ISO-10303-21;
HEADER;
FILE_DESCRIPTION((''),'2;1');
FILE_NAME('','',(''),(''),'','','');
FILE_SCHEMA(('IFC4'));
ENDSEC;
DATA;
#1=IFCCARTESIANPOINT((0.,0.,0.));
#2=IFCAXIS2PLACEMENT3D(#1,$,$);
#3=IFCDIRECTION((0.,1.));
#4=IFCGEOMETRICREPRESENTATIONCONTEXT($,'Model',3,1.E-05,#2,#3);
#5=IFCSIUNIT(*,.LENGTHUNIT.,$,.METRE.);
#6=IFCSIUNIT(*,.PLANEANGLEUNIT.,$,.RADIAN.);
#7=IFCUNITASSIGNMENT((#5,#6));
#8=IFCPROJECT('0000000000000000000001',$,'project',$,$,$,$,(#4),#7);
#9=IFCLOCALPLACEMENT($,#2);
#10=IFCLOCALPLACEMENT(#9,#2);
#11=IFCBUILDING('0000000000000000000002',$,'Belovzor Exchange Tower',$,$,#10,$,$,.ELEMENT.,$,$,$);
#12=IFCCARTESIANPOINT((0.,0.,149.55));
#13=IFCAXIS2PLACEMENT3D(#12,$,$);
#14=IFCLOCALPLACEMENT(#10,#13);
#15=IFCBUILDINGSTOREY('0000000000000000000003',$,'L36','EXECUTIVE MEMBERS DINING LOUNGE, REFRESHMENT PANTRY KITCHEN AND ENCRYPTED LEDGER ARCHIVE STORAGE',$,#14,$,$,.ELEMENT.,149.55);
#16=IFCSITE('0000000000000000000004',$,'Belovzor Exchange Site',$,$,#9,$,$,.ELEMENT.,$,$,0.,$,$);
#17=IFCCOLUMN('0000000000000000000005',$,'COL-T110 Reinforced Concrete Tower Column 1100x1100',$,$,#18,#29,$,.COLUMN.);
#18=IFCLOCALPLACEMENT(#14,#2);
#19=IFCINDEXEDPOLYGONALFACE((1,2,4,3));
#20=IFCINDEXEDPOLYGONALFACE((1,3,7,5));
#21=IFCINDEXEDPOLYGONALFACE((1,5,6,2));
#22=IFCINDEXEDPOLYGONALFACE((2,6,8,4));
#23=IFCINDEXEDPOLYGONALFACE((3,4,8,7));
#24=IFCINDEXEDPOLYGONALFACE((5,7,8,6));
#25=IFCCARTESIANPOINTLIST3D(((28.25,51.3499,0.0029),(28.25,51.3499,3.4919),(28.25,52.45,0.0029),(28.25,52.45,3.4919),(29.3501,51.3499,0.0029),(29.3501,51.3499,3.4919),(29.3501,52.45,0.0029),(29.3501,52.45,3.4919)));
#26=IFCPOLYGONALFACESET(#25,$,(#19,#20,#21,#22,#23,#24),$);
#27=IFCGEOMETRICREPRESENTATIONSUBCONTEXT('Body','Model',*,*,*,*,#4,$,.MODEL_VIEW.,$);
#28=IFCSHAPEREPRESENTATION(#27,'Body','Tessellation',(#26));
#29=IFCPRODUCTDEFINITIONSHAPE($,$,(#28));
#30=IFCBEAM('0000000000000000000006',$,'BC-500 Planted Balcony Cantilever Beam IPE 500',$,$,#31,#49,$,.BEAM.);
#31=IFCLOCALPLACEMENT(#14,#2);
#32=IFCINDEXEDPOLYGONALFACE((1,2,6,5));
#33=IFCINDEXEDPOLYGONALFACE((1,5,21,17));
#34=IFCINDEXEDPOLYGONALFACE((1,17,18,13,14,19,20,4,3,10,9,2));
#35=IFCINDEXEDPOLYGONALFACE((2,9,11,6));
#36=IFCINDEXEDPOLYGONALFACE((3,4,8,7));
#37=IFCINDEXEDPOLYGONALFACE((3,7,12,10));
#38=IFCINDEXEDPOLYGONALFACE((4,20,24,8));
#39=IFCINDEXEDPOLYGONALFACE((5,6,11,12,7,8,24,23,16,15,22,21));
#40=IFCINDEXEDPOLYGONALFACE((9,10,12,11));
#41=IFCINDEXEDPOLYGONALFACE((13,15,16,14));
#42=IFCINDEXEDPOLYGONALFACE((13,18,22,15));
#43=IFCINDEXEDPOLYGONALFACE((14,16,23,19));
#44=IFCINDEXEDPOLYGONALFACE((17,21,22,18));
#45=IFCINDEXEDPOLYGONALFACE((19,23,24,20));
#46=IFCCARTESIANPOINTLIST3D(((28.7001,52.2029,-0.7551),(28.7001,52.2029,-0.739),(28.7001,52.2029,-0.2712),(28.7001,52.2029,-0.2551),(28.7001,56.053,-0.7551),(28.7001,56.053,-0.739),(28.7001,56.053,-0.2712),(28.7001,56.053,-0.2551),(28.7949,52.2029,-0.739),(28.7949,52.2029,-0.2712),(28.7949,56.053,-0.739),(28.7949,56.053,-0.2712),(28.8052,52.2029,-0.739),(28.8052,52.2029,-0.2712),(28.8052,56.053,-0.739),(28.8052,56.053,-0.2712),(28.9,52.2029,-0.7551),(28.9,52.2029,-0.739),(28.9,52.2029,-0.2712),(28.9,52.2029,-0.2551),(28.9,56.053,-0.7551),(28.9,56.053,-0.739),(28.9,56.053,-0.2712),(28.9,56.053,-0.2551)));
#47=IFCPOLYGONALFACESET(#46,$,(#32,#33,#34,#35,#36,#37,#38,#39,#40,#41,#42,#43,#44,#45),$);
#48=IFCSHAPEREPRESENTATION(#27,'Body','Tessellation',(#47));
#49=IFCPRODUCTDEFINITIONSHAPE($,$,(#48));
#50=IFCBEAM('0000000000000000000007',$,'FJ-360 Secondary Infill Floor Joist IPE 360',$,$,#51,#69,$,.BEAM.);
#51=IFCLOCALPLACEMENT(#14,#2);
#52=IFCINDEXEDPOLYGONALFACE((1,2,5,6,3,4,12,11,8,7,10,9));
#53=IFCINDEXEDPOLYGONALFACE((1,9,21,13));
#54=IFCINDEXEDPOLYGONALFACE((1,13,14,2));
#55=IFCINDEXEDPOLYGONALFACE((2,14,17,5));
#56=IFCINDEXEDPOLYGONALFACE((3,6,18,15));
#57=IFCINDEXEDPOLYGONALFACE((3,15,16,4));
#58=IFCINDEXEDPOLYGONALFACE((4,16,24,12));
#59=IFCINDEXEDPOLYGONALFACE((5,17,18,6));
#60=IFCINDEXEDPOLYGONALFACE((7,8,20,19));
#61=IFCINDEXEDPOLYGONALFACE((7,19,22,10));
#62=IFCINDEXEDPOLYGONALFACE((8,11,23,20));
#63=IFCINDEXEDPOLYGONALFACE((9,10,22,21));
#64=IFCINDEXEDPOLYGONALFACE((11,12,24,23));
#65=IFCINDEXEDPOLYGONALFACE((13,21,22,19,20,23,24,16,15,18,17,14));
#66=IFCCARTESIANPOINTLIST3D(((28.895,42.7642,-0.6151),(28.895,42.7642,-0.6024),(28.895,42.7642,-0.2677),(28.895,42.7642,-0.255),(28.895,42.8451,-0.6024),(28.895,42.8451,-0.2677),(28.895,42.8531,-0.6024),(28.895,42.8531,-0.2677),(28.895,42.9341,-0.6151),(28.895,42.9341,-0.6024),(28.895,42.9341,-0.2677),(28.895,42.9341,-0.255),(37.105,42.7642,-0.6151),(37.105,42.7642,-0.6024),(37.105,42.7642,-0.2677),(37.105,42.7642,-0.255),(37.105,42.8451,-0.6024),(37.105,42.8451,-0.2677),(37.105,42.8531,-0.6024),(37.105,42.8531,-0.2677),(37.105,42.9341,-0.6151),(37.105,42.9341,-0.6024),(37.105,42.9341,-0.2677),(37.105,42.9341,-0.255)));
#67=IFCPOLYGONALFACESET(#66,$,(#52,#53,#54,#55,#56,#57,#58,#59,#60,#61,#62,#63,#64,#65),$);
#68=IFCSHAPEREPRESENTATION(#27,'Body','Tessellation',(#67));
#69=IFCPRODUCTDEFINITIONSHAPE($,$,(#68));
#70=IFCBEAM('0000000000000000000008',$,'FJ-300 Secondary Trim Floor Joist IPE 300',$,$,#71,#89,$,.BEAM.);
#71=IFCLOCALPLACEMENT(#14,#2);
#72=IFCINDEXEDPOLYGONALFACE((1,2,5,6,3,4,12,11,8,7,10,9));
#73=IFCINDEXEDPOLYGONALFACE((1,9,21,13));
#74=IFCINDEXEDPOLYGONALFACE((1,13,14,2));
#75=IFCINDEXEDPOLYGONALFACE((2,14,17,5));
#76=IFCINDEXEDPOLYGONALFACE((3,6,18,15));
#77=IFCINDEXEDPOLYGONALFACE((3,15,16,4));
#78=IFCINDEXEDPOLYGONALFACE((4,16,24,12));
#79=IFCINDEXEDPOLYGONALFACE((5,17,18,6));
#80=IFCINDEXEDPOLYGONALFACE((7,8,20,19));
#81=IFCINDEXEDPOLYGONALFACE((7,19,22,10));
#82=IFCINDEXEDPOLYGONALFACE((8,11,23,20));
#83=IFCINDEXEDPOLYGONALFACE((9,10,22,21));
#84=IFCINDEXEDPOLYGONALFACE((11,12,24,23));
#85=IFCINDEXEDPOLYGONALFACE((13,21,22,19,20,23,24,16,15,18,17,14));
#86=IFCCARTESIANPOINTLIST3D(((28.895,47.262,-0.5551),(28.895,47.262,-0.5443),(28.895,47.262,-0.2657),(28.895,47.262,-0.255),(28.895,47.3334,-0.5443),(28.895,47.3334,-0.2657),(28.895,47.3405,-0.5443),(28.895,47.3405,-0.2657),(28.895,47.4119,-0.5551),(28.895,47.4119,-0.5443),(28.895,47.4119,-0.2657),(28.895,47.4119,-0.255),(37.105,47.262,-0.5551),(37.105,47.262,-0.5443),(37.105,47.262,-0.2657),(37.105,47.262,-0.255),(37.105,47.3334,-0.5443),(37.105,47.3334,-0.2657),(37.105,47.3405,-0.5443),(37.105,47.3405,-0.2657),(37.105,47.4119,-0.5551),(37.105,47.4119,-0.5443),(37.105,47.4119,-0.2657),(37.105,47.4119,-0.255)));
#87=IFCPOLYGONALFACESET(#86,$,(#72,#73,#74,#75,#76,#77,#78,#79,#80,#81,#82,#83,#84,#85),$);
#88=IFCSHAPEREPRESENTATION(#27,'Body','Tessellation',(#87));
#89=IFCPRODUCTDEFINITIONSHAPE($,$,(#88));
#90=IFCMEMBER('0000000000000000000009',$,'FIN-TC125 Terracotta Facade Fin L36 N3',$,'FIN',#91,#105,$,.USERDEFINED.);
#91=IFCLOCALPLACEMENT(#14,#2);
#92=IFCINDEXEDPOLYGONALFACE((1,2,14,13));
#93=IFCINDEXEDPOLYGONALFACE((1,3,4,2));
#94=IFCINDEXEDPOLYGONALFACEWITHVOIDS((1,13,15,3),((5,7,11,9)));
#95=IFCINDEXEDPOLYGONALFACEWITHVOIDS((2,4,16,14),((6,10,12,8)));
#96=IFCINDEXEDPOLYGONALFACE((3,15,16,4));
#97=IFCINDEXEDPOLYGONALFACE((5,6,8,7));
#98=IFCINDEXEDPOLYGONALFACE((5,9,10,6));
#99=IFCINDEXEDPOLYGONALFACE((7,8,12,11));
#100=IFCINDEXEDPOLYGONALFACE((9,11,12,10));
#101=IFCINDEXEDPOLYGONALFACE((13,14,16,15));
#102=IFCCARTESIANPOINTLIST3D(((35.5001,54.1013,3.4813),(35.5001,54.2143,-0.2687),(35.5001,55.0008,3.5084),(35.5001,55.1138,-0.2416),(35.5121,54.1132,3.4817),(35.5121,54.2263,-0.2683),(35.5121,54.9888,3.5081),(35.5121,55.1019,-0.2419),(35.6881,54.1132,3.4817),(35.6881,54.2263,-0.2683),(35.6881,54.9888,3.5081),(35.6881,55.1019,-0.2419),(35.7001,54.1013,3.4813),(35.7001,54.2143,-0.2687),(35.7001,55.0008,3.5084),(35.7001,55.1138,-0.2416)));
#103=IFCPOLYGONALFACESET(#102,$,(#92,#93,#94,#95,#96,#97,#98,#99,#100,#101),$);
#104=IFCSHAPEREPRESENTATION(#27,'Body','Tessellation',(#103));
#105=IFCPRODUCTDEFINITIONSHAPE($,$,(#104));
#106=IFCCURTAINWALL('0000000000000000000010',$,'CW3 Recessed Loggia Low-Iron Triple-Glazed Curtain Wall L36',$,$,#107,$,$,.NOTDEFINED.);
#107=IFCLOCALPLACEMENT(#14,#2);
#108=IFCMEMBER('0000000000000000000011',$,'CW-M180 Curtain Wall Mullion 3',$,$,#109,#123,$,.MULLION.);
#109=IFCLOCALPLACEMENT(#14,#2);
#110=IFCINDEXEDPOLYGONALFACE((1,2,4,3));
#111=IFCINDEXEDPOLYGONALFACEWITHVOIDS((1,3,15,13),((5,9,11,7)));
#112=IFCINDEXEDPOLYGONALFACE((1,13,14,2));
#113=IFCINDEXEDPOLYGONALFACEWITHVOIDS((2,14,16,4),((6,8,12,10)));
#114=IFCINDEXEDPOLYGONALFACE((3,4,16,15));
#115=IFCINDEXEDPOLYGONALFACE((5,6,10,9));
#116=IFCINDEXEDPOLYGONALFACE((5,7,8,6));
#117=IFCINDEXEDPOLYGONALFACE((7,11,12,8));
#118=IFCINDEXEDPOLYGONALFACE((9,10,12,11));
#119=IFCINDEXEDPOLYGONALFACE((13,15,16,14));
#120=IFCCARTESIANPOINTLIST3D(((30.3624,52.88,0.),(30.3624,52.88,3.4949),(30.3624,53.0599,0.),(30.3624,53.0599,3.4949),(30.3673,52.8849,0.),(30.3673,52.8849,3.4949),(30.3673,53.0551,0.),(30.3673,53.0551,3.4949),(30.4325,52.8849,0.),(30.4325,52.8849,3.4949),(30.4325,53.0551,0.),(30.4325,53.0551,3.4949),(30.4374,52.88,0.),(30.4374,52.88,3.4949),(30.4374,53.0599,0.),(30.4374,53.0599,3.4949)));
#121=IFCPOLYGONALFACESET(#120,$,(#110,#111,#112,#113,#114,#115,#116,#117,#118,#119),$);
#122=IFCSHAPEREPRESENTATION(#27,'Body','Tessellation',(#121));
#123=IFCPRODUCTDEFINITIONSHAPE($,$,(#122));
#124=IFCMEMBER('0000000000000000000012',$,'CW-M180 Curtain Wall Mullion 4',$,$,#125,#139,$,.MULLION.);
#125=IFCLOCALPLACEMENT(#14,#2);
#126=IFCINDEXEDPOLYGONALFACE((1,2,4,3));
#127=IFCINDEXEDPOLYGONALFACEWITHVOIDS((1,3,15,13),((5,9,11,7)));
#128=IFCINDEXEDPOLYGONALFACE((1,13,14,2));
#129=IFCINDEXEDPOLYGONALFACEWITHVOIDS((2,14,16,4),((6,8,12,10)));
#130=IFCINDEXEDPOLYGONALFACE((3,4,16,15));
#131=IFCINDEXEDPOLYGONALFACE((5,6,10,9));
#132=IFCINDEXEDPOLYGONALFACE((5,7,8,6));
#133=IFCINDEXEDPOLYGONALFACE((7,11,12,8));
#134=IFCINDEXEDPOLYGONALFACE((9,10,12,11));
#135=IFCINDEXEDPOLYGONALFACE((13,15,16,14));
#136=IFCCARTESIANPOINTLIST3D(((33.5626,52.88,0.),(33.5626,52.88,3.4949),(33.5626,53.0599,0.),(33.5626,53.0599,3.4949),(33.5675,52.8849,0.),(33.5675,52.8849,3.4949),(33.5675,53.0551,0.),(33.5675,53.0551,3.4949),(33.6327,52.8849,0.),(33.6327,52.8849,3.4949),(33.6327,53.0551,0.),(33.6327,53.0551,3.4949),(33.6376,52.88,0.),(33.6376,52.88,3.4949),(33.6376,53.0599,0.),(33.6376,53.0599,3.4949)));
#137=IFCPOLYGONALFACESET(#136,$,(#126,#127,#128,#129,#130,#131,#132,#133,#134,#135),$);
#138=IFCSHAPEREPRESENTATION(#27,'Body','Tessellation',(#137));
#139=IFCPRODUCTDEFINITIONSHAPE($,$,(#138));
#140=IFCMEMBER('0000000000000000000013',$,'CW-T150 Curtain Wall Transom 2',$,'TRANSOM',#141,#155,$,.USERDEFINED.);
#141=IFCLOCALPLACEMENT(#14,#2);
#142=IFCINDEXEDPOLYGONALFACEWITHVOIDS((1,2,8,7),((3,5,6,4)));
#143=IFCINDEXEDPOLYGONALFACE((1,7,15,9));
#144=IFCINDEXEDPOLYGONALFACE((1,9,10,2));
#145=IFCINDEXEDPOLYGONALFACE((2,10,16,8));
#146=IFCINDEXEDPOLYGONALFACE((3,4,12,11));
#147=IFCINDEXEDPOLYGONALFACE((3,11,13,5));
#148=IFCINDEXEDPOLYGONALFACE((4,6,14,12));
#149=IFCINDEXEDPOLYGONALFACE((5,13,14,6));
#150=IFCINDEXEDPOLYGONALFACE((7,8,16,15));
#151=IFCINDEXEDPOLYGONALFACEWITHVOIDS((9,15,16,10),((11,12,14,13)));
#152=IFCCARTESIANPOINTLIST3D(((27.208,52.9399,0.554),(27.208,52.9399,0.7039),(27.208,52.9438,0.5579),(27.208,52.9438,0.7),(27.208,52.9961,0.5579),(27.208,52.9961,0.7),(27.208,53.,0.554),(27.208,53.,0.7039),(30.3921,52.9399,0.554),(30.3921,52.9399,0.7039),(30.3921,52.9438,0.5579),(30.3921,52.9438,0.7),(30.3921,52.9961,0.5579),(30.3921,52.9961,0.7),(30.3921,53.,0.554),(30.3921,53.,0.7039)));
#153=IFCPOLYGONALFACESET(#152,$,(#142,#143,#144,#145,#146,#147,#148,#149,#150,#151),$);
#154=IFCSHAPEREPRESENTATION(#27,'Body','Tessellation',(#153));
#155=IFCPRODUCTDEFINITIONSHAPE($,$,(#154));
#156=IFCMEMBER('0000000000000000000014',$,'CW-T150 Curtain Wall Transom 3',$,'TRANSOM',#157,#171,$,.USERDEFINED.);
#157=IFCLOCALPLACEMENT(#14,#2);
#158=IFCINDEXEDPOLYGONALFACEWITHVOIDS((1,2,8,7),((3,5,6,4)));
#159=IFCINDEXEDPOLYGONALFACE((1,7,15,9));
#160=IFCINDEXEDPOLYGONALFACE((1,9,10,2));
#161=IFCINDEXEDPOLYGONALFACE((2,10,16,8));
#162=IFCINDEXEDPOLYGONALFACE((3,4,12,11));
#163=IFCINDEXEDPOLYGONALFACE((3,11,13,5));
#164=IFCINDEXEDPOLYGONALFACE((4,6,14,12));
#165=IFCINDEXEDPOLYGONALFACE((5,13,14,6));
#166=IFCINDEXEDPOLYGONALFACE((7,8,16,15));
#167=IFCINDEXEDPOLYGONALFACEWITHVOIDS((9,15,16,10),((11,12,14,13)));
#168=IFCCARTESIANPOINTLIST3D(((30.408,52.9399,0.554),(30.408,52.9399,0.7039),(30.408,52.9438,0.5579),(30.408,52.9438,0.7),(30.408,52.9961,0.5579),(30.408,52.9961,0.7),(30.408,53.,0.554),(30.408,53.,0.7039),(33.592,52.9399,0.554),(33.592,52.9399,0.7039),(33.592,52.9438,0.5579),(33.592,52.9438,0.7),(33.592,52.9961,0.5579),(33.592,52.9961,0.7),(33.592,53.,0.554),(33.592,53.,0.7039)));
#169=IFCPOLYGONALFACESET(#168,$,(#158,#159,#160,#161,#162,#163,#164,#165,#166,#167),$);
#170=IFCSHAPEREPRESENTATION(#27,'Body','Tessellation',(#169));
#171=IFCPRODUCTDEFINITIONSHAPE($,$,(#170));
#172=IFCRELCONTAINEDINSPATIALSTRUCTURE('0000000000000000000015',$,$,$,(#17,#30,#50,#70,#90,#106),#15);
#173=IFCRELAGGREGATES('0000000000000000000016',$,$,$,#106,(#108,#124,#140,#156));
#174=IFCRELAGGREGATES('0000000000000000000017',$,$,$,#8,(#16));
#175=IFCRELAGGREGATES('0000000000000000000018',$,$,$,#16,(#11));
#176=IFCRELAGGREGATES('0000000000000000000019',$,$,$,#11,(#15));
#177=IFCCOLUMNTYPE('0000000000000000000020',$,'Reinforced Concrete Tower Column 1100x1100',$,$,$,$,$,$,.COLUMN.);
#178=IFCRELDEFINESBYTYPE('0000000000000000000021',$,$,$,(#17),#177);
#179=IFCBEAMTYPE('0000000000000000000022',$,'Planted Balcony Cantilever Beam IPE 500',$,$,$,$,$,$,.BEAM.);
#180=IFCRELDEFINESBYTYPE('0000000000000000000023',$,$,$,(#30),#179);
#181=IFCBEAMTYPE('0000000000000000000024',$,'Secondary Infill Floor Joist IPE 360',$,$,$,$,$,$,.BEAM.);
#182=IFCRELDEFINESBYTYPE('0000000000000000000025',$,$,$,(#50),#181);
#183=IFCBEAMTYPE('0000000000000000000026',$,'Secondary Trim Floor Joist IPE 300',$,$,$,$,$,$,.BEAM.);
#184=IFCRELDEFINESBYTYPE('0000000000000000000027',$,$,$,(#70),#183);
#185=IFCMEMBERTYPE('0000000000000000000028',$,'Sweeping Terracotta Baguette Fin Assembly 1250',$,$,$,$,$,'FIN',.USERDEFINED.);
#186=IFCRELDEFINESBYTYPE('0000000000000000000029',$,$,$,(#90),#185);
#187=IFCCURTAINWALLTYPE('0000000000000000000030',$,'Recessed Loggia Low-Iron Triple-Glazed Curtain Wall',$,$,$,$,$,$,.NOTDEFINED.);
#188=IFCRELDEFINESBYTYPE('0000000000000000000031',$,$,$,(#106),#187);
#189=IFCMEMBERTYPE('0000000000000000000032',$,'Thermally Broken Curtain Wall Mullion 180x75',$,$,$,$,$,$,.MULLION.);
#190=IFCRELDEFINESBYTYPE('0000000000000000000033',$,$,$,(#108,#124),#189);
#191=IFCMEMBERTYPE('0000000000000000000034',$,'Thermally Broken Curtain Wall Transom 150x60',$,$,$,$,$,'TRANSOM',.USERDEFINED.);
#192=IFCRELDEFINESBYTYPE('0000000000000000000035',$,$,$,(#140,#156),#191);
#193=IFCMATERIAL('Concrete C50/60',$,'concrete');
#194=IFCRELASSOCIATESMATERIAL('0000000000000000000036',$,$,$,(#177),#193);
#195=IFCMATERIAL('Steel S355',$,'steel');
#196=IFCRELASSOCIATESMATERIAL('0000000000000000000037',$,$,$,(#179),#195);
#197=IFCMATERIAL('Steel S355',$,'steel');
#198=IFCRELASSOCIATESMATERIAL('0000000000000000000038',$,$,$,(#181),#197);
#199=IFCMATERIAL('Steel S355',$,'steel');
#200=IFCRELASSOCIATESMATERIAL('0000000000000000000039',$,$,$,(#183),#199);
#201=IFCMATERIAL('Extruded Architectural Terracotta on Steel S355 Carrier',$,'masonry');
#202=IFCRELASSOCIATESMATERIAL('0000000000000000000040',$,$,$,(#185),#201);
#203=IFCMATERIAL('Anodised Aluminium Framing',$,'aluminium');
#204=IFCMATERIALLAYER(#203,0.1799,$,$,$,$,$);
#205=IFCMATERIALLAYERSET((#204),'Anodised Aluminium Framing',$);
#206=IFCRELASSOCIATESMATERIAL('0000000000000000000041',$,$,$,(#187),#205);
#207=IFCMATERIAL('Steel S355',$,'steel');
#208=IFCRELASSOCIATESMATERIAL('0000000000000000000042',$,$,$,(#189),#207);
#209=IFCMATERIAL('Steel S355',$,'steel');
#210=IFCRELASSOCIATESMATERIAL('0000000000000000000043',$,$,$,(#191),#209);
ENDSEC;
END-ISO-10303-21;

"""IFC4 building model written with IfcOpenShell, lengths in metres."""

from ifc_helpers import new_model, si_unit, direction, frame, origin, origin_2d, place, context, subcontext, project, spatial, rectangle, hollow_rectangle, i_section, extrude, material, layer, layer_set, material_profile, profile_set, type_object, element, aggregate, save


model = new_model("IFC4")

# Units and contexts
model_context = context("Model", 3, precision=1e-05, world=origin(), true_north=direction((0.0, 1.0)))
body_context = subcontext(model_context, "Body", "Model", "MODEL_VIEW")
ifc_project = project(units=[si_unit("LENGTHUNIT", "METRE"), si_unit("PLANEANGLEUNIT", "RADIAN")], contexts=[model_context])

# Site, building, storey
site_placement = place(None, origin())
site = spatial("IfcSite", under=ifc_project, at=site_placement, Name="Belovzor Exchange Site", CompositionType="ELEMENT", RefElevation=0.0)
building_placement = place(site_placement, origin())
building = spatial("IfcBuilding", under=site, at=building_placement, Name="Belovzor Exchange Tower", CompositionType="ELEMENT")
storey_placement = place(building_placement, frame((0.0, 0.0, 149.55)))
storey = spatial("IfcBuildingStorey", under=building, at=storey_placement, Name="L36", Description="EXECUTIVE MEMBERS DINING LOUNGE, REFRESHMENT PANTRY KITCHEN AND ENCRYPTED LEDGER ARCHIVE STORAGE", CompositionType="ELEMENT", Elevation=149.55)

# Column
ifc_material_1 = material(Name="Concrete C50/60", Category="concrete")
ifc_material_profile_1 = material_profile(ifc_material_1, rectangle(XDim=1.1001, YDim=1.1001, at=origin_2d()))
ifc_profile_set_1 = profile_set([ifc_material_profile_1], Name="Concrete C50/60")
column_type = type_object("IfcColumnType", Name="Reinforced Concrete Tower Column 1100x1100", PredefinedType="COLUMN", material=ifc_profile_set_1)
column_placement = place(storey_placement, frame((28.8, 51.8999, 0.0029), z_axis=(0.0, 0.0, 1.0), x_axis=(1.0, 0.0, 0.0)))
element("IfcColumn", 1, at=column_placement, inside=storey, type_object=column_type, Name="COL-T110 Reinforced Concrete Tower Column 1100x1100", PredefinedType="COLUMN", context=body_context, shape_type="SweptSolid", body=[
    extrude(rectangle(XDim=1.1001, YDim=1.1001, at=origin_2d()), origin(), (0.0, 0.0, 1.0), 3.489),
])

# Beams
ifc_material_2 = material(Name="Steel S355", Category="steel")
ifc_material_profile_2 = material_profile(ifc_material_2, i_section(OverallWidth=0.2, OverallDepth=0.5, WebThickness=0.0103, FlangeThickness=0.0161, at=origin_2d()))
ifc_profile_set_2 = profile_set([ifc_material_profile_2], Name="Steel S355")
beam_type_1 = type_object("IfcBeamType", Name="Planted Balcony Cantilever Beam IPE 500", PredefinedType="BEAM", material=ifc_profile_set_2)
beam_1_placement = place(storey_placement, frame((28.8, 52.2029, -0.5051), z_axis=(0.0, 1.0, 0.0), x_axis=(-1.0, 0.0, 0.0)))
element("IfcBeam", 2, at=beam_1_placement, inside=storey, type_object=beam_type_1, Name="BC-500 Planted Balcony Cantilever Beam IPE 500", PredefinedType="BEAM", context=body_context, shape_type="SweptSolid", body=[
    extrude(i_section(OverallWidth=0.2, OverallDepth=0.5, WebThickness=0.0103, FlangeThickness=0.0161, at=origin_2d()), origin(), (0.0, 0.0, 1.0), 3.8501),
])
ifc_material_3 = material(Name="Steel S355", Category="steel")
ifc_material_profile_3 = material_profile(ifc_material_3, i_section(OverallWidth=0.1699, OverallDepth=0.3601, WebThickness=0.0081, FlangeThickness=0.0127, at=origin_2d()))
ifc_profile_set_3 = profile_set([ifc_material_profile_3], Name="Steel S355")
beam_type_2 = type_object("IfcBeamType", Name="Secondary Infill Floor Joist IPE 360", PredefinedType="BEAM", material=ifc_profile_set_3)
beam_2_placement = place(storey_placement, frame((28.895, 42.8491, -0.4351), z_axis=(1.0, 0.0, 0.0), x_axis=(0.0, 1.0, 0.0)))
element("IfcBeam", 3, at=beam_2_placement, inside=storey, type_object=beam_type_2, Name="FJ-360 Secondary Infill Floor Joist IPE 360", PredefinedType="BEAM", context=body_context, shape_type="SweptSolid", body=[
    extrude(i_section(OverallWidth=0.1699, OverallDepth=0.3601, WebThickness=0.0081, FlangeThickness=0.0127, at=origin_2d()), origin(), (0.0, 0.0, 1.0), 8.21),
])
ifc_material_4 = material(Name="Steel S355", Category="steel")
ifc_material_profile_4 = material_profile(ifc_material_4, i_section(OverallWidth=0.1499, OverallDepth=0.3, WebThickness=0.0071, FlangeThickness=0.0107, at=origin_2d()))
ifc_profile_set_4 = profile_set([ifc_material_profile_4], Name="Steel S355")
beam_type_3 = type_object("IfcBeamType", Name="Secondary Trim Floor Joist IPE 300", PredefinedType="BEAM", material=ifc_profile_set_4)
beam_3_placement = place(storey_placement, frame((28.895, 47.3369, -0.405), z_axis=(1.0, 0.0, 0.0), x_axis=(0.0, 1.0, 0.0)))
element("IfcBeam", 4, at=beam_3_placement, inside=storey, type_object=beam_type_3, Name="FJ-300 Secondary Trim Floor Joist IPE 300", PredefinedType="BEAM", context=body_context, shape_type="SweptSolid", body=[
    extrude(i_section(OverallWidth=0.1499, OverallDepth=0.3, WebThickness=0.0071, FlangeThickness=0.0107, at=origin_2d()), origin(), (0.0, 0.0, 1.0), 8.21),
])

# Member
ifc_material_5 = material(Name="Extruded Architectural Terracotta on Steel S355 Carrier", Category="masonry")
ifc_material_profile_5 = material_profile(ifc_material_5, hollow_rectangle(XDim=0.2, YDim=0.8999, WallThickness=0.012, at=origin_2d()))
ifc_profile_set_5 = profile_set([ifc_material_profile_5], Name="Extruded Architectural Terracotta on Steel S355 Carrier")
member_type_1 = type_object("IfcMemberType", Name="Sweeping Terracotta Baguette Fin Assembly 1250", ElementType="FIN", PredefinedType="USERDEFINED", material=ifc_profile_set_5)
member_1_placement = place(storey_placement, frame((35.6001, 54.6641, -0.2551), z_axis=(0.0, -0.03013, 0.999546), x_axis=(1.0, 0.0, 0.0)))
element("IfcMember", 5, at=member_1_placement, inside=storey, type_object=member_type_1, Name="FIN-TC125 Terracotta Facade Fin L36 N3", ObjectType="FIN", PredefinedType="USERDEFINED", context=body_context, shape_type="SweptSolid", body=[
    extrude(hollow_rectangle(XDim=0.2, YDim=0.8999, WallThickness=0.012, at=origin_2d()), origin(), (0.0, 0.0, 1.0), 3.7517),
])

# Curtain wall, members
ifc_material_6 = material(Name="Anodised Aluminium Framing", Category="aluminium")
ifc_layer_1 = layer(ifc_material_6, 0.1799)
ifc_layer_set_1 = layer_set([ifc_layer_1], Name="Anodised Aluminium Framing")
curtain_wall_type = type_object("IfcCurtainWallType", Name="Recessed Loggia Low-Iron Triple-Glazed Curtain Wall", PredefinedType="NOTDEFINED", material=ifc_layer_set_1)
curtain_wall_placement = place(storey_placement, origin())
curtain_wall = element("IfcCurtainWall", 6, at=curtain_wall_placement, inside=storey, type_object=curtain_wall_type, Name="CW3 Recessed Loggia Low-Iron Triple-Glazed Curtain Wall L36", PredefinedType="NOTDEFINED")
ifc_material_7 = material(Name="Steel S355", Category="steel")
ifc_material_profile_6 = material_profile(ifc_material_7, hollow_rectangle(XDim=0.075, YDim=0.1799, WallThickness=0.0049, at=origin_2d()))
ifc_profile_set_6 = profile_set([ifc_material_profile_6], Name="Steel S355")
member_type_2 = type_object("IfcMemberType", Name="Thermally Broken Curtain Wall Mullion 180x75", PredefinedType="MULLION", material=ifc_profile_set_6)
member_2_placement = place(storey_placement, frame((30.3999, 52.97, 0.0), z_axis=(0.0, 0.0, 1.0), x_axis=(1.0, 0.0, 0.0)))
member_2 = element("IfcMember", 7, at=member_2_placement, type_object=member_type_2, Name="CW-M180 Curtain Wall Mullion 3", PredefinedType="MULLION", context=body_context, shape_type="SweptSolid", body=[
    extrude(hollow_rectangle(XDim=0.075, YDim=0.1799, WallThickness=0.0049, at=origin_2d()), origin(), (0.0, 0.0, 1.0), 3.4949),
])
member_3_placement = place(storey_placement, frame((33.6001, 52.97, 0.0), z_axis=(0.0, 0.0, 1.0), x_axis=(1.0, 0.0, 0.0)))
member_3 = element("IfcMember", 8, at=member_3_placement, type_object=member_type_2, Name="CW-M180 Curtain Wall Mullion 4", PredefinedType="MULLION", context=body_context, shape_type="SweptSolid", body=[
    extrude(hollow_rectangle(XDim=0.075, YDim=0.1799, WallThickness=0.0049, at=origin_2d()), origin(), (0.0, 0.0, 1.0), 3.4949),
])
ifc_material_8 = material(Name="Steel S355", Category="steel")
ifc_material_profile_7 = material_profile(ifc_material_8, hollow_rectangle(XDim=0.0601, YDim=0.1499, WallThickness=0.0039, at=origin_2d()))
ifc_profile_set_7 = profile_set([ifc_material_profile_7], Name="Steel S355")
member_type_3 = type_object("IfcMemberType", Name="Thermally Broken Curtain Wall Transom 150x60", ElementType="TRANSOM", PredefinedType="USERDEFINED", material=ifc_profile_set_7)
member_4_placement = place(storey_placement, frame((27.208, 52.97, 0.6289), z_axis=(1.0, 0.0, 0.0), x_axis=(0.0, 1.0, 0.0)))
member_4 = element("IfcMember", 9, at=member_4_placement, type_object=member_type_3, Name="CW-T150 Curtain Wall Transom 2", ObjectType="TRANSOM", PredefinedType="USERDEFINED", context=body_context, shape_type="SweptSolid", body=[
    extrude(hollow_rectangle(XDim=0.0601, YDim=0.1499, WallThickness=0.0039, at=origin_2d()), origin(), (0.0, 0.0, 1.0), 3.1841),
])
member_5_placement = place(storey_placement, frame((30.408, 52.97, 0.6289), z_axis=(1.0, 0.0, 0.0), x_axis=(0.0, 1.0, 0.0)))
member_5 = element("IfcMember", 10, at=member_5_placement, type_object=member_type_3, Name="CW-T150 Curtain Wall Transom 3", ObjectType="TRANSOM", PredefinedType="USERDEFINED", context=body_context, shape_type="SweptSolid", body=[
    extrude(hollow_rectangle(XDim=0.0601, YDim=0.1499, WallThickness=0.0039, at=origin_2d()), origin(), (0.0, 0.0, 1.0), 3.1841),
])

aggregate(curtain_wall, [member_2, member_3, member_4, member_5])

save(model, "model.ifc")
